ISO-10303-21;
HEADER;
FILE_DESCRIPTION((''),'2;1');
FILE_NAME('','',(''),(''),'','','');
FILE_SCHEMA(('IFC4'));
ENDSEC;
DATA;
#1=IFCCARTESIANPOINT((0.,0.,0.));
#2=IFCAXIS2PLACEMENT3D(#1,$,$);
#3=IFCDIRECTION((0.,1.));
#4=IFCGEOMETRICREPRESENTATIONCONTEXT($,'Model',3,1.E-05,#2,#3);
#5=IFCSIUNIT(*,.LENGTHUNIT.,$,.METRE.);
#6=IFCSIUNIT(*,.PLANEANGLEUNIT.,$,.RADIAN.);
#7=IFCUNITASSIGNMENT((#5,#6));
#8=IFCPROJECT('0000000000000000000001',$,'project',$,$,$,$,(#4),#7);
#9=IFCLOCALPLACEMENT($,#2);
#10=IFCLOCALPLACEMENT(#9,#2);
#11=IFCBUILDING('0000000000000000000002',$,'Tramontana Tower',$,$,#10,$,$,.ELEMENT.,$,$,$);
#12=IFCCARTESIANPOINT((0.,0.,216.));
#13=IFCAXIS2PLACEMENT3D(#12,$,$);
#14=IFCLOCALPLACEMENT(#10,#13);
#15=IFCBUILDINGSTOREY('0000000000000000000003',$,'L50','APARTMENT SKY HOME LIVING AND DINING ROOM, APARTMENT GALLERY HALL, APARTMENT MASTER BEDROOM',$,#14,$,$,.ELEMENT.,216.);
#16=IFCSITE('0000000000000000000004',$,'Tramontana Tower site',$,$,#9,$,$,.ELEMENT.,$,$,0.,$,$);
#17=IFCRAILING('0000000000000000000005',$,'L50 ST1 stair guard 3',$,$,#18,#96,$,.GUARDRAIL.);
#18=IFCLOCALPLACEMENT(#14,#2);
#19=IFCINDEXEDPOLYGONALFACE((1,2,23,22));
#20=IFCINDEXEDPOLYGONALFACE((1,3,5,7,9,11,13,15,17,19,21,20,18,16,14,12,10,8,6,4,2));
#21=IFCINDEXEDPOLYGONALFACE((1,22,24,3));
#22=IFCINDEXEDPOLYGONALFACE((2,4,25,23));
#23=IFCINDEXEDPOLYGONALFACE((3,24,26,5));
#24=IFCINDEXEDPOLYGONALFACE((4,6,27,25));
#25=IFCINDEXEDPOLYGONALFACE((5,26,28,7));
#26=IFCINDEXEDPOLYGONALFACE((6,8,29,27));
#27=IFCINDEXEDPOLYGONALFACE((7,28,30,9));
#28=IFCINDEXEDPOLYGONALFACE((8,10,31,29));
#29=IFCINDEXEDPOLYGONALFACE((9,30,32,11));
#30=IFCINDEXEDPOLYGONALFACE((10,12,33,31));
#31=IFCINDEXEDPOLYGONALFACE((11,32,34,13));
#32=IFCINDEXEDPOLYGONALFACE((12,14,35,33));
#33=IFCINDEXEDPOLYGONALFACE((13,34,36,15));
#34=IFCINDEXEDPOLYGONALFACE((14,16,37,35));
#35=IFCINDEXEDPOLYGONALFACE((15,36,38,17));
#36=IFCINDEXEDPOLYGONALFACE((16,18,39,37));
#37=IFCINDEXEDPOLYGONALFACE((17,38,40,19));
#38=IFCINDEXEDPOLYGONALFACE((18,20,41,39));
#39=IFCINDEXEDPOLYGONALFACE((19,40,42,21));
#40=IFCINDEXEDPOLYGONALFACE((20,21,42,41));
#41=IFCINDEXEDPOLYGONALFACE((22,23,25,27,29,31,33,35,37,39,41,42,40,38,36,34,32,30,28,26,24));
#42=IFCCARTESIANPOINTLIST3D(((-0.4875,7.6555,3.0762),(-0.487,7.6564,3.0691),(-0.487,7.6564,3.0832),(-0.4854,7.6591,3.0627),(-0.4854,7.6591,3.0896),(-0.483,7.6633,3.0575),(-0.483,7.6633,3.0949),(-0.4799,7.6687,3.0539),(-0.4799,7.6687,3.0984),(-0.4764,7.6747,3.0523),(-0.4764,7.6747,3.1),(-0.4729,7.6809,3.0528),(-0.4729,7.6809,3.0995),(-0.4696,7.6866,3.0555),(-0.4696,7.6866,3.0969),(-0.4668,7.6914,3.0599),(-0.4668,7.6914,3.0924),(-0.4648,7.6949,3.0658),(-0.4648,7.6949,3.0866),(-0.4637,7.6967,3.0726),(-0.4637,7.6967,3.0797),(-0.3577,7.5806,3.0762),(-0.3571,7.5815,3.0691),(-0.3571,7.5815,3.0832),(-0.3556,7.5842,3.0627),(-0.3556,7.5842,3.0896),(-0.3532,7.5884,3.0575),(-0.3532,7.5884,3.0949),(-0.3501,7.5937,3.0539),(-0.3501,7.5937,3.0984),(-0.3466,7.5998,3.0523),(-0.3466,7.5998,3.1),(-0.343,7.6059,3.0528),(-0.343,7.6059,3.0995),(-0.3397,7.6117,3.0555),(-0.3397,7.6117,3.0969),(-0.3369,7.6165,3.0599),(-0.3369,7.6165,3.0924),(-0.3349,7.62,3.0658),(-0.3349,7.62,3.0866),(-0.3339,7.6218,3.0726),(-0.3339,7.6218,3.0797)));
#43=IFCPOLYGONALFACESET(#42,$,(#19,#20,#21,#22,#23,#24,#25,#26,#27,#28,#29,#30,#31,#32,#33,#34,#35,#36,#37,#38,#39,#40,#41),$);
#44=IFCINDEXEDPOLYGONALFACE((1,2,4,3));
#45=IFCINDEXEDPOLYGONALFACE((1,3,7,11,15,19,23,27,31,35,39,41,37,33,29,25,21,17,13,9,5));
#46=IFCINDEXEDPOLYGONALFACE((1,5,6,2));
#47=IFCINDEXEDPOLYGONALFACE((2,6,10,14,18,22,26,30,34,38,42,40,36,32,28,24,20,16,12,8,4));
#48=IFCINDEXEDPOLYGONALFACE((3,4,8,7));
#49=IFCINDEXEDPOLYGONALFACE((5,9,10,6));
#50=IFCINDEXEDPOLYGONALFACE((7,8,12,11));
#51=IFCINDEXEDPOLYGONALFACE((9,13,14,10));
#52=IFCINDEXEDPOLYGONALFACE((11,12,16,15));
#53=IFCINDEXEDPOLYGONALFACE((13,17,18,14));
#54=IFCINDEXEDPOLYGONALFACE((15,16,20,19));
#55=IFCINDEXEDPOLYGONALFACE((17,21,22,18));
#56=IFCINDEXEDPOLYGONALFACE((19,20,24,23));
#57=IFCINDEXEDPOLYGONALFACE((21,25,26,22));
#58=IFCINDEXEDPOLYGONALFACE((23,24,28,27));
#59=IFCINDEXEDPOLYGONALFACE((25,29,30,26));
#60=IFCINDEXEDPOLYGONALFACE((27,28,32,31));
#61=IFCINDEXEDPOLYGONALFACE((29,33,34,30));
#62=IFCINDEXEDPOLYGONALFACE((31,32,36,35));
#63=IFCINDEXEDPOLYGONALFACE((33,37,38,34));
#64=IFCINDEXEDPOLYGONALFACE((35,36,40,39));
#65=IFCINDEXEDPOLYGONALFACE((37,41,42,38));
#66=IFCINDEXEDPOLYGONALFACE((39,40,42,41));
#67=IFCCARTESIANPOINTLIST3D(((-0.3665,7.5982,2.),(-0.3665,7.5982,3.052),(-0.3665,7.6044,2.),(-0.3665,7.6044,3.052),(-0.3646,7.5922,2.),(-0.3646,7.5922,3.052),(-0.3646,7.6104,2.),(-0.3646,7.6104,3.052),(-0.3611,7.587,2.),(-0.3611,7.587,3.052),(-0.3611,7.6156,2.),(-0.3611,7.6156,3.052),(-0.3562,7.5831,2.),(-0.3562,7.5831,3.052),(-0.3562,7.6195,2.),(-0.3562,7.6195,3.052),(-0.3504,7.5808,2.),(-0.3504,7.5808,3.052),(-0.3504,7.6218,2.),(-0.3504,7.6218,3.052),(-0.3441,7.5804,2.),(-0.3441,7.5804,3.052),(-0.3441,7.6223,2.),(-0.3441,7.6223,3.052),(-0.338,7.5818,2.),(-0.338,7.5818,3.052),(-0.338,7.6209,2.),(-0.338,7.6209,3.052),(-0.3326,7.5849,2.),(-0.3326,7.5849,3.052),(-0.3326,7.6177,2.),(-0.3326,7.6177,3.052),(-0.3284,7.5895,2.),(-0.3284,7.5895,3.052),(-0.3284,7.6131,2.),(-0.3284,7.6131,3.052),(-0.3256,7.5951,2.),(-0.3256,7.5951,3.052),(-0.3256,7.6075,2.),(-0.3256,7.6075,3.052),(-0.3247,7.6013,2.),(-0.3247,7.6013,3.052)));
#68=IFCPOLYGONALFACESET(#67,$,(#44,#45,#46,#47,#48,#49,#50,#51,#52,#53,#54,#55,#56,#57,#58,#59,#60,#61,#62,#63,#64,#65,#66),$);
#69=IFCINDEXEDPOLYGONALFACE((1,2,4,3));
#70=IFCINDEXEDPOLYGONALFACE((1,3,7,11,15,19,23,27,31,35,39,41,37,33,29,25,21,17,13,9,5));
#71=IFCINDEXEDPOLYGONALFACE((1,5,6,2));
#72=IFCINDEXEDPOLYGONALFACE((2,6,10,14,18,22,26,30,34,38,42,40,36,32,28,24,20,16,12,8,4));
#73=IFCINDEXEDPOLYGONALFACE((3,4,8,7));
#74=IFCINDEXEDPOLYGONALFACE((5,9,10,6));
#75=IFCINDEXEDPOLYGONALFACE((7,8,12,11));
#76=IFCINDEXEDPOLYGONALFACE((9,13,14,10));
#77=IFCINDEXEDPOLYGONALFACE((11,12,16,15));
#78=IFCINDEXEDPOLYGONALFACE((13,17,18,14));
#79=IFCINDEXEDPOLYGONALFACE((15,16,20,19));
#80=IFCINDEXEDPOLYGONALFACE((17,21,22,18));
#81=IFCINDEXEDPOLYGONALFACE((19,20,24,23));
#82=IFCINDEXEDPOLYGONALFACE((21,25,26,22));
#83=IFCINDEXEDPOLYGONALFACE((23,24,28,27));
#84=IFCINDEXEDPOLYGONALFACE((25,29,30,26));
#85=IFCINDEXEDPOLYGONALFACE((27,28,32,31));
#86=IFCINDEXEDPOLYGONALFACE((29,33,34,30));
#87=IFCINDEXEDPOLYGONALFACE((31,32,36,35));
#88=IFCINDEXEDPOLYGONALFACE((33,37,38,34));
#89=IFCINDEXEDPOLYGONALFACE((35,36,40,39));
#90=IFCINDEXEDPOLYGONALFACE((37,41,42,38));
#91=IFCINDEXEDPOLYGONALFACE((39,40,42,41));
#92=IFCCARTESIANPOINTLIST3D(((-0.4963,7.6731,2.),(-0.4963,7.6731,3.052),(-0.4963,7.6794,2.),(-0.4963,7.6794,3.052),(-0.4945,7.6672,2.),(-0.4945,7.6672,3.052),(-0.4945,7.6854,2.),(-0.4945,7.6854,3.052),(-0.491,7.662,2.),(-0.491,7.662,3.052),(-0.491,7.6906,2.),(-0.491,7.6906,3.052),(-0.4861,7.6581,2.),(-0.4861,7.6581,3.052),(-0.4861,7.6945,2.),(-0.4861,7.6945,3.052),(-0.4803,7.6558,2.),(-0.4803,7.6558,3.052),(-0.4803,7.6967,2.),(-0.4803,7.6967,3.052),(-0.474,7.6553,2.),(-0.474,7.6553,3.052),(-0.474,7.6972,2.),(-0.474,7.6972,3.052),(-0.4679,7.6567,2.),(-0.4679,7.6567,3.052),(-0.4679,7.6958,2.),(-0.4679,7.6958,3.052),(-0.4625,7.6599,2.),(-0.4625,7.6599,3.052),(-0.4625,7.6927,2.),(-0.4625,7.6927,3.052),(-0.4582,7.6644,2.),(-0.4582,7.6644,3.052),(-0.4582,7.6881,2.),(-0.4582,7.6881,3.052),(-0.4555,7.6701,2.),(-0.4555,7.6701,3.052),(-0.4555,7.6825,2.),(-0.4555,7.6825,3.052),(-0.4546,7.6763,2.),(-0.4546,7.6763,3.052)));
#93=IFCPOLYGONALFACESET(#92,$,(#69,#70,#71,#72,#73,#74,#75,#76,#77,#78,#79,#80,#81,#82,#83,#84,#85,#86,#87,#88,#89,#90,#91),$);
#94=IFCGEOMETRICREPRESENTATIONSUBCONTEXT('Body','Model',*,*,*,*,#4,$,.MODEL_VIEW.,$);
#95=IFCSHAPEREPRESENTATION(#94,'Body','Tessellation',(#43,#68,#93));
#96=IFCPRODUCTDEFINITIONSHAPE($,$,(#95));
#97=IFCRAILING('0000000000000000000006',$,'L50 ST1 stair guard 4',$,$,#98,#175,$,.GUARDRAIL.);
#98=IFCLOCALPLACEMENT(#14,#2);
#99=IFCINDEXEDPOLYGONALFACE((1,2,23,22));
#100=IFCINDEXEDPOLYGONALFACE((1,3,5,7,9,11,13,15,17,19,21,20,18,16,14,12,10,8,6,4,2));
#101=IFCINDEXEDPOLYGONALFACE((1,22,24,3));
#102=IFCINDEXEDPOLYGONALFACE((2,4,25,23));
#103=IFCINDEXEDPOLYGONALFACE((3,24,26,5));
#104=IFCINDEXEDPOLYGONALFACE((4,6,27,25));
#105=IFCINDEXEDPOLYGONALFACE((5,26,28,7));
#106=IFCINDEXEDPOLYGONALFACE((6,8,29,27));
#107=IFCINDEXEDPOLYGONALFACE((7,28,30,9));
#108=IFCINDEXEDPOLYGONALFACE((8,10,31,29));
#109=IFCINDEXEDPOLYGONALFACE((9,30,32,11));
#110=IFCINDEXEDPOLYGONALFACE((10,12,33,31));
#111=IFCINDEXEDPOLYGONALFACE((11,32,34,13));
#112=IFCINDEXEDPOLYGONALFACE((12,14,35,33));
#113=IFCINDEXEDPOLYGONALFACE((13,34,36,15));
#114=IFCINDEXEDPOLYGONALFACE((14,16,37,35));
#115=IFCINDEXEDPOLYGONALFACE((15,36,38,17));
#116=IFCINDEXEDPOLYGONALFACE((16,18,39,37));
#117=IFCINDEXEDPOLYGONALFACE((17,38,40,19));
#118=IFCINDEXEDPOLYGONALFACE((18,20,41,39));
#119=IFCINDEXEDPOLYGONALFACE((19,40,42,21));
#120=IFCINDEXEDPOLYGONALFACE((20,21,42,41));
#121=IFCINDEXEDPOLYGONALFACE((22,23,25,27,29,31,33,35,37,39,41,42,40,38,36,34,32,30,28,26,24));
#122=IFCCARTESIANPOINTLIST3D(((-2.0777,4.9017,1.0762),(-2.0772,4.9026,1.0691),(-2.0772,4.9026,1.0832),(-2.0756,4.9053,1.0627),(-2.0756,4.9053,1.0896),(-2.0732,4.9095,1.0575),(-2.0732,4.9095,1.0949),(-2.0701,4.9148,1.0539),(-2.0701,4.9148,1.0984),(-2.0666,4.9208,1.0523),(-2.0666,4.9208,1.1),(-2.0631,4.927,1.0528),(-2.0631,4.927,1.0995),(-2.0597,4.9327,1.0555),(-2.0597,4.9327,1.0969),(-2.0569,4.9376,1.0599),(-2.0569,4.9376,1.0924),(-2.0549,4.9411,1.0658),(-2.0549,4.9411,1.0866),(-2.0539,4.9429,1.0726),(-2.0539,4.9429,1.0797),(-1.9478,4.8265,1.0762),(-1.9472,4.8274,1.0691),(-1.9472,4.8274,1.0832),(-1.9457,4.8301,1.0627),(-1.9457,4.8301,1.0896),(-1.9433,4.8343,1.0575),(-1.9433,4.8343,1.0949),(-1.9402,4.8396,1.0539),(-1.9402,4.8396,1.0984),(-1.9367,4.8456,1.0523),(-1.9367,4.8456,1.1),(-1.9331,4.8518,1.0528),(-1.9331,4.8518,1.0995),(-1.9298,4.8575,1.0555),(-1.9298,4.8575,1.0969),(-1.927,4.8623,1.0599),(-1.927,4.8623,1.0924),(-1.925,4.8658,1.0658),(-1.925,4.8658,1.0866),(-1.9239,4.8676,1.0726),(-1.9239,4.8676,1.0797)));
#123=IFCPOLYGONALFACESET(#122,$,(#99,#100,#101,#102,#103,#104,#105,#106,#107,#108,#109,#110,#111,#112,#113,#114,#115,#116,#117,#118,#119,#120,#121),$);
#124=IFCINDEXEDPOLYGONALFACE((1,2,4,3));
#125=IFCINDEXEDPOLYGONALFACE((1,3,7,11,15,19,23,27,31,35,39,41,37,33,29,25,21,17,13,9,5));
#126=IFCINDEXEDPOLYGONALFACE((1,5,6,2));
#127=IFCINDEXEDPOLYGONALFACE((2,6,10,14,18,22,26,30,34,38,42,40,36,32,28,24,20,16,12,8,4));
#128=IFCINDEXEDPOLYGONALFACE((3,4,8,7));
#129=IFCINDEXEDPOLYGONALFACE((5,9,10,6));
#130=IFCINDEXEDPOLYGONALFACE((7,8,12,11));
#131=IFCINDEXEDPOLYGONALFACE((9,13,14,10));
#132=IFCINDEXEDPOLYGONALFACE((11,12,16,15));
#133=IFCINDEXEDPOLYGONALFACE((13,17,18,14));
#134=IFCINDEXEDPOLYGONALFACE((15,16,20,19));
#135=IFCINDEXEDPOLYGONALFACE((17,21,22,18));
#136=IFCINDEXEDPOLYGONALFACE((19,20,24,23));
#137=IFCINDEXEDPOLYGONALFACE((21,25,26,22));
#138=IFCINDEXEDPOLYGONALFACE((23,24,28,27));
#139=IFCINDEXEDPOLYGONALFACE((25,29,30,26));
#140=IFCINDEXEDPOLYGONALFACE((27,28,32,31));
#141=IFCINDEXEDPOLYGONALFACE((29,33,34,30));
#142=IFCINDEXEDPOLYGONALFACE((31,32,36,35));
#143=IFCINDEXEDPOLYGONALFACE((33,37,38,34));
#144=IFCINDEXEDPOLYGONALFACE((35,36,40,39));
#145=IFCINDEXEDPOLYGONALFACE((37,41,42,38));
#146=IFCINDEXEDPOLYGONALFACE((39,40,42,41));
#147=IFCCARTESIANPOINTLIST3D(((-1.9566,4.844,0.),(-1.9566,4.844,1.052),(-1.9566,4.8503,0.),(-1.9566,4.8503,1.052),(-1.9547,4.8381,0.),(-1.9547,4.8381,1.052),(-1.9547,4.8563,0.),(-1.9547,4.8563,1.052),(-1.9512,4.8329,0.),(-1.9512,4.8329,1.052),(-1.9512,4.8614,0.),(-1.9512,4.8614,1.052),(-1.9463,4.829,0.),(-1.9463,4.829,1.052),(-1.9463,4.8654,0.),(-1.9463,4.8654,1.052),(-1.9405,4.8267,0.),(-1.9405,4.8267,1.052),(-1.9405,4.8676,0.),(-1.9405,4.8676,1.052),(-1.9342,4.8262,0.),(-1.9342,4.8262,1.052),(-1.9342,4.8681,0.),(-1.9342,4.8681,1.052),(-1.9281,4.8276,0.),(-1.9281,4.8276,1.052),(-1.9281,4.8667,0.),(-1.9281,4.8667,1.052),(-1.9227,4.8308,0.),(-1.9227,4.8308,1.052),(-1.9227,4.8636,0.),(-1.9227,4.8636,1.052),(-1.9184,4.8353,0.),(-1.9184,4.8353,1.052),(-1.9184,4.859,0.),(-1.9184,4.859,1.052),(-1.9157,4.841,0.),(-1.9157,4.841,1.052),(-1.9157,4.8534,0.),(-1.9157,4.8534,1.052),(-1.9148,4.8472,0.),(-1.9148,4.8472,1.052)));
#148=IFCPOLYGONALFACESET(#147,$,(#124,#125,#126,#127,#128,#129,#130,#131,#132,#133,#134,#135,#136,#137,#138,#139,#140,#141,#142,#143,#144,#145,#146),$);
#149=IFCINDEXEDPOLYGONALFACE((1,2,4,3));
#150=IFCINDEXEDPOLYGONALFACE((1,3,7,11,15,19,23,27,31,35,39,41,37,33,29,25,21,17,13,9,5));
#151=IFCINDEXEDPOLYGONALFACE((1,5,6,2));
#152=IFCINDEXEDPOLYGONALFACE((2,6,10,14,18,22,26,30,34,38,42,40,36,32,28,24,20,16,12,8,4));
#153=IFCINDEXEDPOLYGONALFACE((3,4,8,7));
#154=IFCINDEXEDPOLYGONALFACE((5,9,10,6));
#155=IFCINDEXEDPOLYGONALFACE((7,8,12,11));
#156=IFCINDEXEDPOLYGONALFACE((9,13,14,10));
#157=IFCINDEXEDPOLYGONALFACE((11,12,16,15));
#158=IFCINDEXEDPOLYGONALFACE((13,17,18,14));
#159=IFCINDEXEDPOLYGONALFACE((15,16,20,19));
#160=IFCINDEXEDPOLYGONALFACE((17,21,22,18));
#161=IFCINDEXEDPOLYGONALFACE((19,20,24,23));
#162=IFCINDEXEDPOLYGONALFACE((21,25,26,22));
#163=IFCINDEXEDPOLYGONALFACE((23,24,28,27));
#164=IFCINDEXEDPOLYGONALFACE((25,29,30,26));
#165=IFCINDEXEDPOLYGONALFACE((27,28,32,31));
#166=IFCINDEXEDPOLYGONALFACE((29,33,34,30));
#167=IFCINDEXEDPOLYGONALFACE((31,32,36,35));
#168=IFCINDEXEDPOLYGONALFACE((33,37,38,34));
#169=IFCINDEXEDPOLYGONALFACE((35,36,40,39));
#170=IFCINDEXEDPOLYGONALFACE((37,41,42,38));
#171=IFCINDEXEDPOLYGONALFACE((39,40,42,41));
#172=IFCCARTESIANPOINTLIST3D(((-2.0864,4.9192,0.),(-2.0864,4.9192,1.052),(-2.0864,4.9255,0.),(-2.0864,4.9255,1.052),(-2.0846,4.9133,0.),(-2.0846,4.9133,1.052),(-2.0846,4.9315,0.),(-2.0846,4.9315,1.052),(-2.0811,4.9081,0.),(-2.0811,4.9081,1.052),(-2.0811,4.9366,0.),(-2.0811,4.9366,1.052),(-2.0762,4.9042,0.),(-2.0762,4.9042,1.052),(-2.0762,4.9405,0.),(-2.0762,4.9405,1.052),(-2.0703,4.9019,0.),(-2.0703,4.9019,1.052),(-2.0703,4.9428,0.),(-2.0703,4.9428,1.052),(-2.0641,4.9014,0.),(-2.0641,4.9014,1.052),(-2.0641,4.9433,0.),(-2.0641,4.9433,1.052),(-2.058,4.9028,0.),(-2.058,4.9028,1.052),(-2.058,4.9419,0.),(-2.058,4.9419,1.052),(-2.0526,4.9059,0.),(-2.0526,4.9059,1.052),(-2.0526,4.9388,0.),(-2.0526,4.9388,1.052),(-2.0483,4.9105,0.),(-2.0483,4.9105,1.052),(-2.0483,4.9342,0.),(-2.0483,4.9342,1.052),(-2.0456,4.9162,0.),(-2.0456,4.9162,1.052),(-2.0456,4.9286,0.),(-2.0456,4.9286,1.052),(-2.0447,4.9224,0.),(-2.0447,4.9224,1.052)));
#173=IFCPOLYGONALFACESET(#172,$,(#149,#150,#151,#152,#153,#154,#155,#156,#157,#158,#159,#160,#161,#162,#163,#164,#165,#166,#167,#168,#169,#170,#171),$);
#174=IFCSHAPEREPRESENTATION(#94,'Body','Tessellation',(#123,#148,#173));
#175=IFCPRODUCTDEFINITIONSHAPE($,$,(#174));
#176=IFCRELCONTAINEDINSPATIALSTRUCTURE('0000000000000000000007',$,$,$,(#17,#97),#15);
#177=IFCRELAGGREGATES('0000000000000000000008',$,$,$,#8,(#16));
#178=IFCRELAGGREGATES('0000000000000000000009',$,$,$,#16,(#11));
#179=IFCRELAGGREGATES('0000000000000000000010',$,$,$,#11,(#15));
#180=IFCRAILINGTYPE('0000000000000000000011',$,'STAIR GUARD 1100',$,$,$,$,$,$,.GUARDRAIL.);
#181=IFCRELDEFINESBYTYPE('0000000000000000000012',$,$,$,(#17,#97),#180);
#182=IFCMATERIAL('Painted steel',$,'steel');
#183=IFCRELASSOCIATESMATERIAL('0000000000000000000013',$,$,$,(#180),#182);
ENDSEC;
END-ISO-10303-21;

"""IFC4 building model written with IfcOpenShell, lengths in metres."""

from ifc_helpers import new_model, si_unit, direction, frame, origin, origin_2d, place, context, subcontext, project, spatial, circle, extrude, material, type_object, element, save


model = new_model("IFC4")

# Units and contexts
model_context = context("Model", 3, precision=1e-05, world=origin(), true_north=direction((0.0, 1.0)))
body_context = subcontext(model_context, "Body", "Model", "MODEL_VIEW")
ifc_project = project(units=[si_unit("LENGTHUNIT", "METRE"), si_unit("PLANEANGLEUNIT", "RADIAN")], contexts=[model_context])

# Site, building, storey
site_placement = place(None, origin())
site = spatial("IfcSite", under=ifc_project, at=site_placement, Name="Tramontana Tower site", CompositionType="ELEMENT", RefElevation=0.0)
building_placement = place(site_placement, origin())
building = spatial("IfcBuilding", under=site, at=building_placement, Name="Tramontana Tower", CompositionType="ELEMENT")
storey_placement = place(building_placement, frame((0.0, 0.0, 216.0)))
storey = spatial("IfcBuildingStorey", under=building, at=storey_placement, Name="L50", Description="APARTMENT SKY HOME LIVING AND DINING ROOM, APARTMENT GALLERY HALL, APARTMENT MASTER BEDROOM", CompositionType="ELEMENT", Elevation=216.0)

# Railings
ifc_material_1 = material(Name="Painted steel", Category="steel")
railing_type_1 = type_object("IfcRailingType", Name="STAIR GUARD 1100", PredefinedType="GUARDRAIL", material=ifc_material_1)
railing_1_placement = place(storey_placement, frame((-0.3457, 7.6013, 2.0)))
element("IfcRailing", 1, at=railing_1_placement, inside=storey, type_object=railing_type_1, Name="L50 ST1 stair guard 3", PredefinedType="GUARDRAIL", context=body_context, shape_type="SweptSolid", body=[
    extrude(circle(Radius=0.0239, at=origin_2d()), frame((0.0, 0.0, 1.0762), z_axis=(-0.866131, 0.499816, 0.0), x_axis=(-0.499816, -0.866131, 0.0)), (0.0, 0.0, 1.0), 0.1499),
    extrude(circle(Radius=0.021, at=origin_2d()), origin(), (0.0, 0.0, 1.0), 1.052),
    extrude(circle(Radius=0.021, at=origin_2d()), frame((-0.1299, 0.075, 0.0)), (0.0, 0.0, 1.0), 1.052),
])
railing_2_placement = place(storey_placement, frame((-1.9358, 4.8472, 0.0)))
element("IfcRailing", 2, at=railing_2_placement, inside=storey, type_object=railing_type_1, Name="L50 ST1 stair guard 4", PredefinedType="GUARDRAIL", context=body_context, shape_type="SweptSolid", body=[
    extrude(circle(Radius=0.0239, at=origin_2d()), frame((0.0, 0.0, 1.0762), z_axis=(-0.865426, 0.501036, 0.0), x_axis=(-0.501036, -0.865426, 0.0)), (0.0, 0.0, 1.0), 0.1501),
    extrude(circle(Radius=0.021, at=origin_2d()), origin(), (0.0, 0.0, 1.0), 1.052),
    extrude(circle(Radius=0.021, at=origin_2d()), frame((-0.1299, 0.0752, 0.0)), (0.0, 0.0, 1.0), 1.052),
])

save(model, "model.ifc")
